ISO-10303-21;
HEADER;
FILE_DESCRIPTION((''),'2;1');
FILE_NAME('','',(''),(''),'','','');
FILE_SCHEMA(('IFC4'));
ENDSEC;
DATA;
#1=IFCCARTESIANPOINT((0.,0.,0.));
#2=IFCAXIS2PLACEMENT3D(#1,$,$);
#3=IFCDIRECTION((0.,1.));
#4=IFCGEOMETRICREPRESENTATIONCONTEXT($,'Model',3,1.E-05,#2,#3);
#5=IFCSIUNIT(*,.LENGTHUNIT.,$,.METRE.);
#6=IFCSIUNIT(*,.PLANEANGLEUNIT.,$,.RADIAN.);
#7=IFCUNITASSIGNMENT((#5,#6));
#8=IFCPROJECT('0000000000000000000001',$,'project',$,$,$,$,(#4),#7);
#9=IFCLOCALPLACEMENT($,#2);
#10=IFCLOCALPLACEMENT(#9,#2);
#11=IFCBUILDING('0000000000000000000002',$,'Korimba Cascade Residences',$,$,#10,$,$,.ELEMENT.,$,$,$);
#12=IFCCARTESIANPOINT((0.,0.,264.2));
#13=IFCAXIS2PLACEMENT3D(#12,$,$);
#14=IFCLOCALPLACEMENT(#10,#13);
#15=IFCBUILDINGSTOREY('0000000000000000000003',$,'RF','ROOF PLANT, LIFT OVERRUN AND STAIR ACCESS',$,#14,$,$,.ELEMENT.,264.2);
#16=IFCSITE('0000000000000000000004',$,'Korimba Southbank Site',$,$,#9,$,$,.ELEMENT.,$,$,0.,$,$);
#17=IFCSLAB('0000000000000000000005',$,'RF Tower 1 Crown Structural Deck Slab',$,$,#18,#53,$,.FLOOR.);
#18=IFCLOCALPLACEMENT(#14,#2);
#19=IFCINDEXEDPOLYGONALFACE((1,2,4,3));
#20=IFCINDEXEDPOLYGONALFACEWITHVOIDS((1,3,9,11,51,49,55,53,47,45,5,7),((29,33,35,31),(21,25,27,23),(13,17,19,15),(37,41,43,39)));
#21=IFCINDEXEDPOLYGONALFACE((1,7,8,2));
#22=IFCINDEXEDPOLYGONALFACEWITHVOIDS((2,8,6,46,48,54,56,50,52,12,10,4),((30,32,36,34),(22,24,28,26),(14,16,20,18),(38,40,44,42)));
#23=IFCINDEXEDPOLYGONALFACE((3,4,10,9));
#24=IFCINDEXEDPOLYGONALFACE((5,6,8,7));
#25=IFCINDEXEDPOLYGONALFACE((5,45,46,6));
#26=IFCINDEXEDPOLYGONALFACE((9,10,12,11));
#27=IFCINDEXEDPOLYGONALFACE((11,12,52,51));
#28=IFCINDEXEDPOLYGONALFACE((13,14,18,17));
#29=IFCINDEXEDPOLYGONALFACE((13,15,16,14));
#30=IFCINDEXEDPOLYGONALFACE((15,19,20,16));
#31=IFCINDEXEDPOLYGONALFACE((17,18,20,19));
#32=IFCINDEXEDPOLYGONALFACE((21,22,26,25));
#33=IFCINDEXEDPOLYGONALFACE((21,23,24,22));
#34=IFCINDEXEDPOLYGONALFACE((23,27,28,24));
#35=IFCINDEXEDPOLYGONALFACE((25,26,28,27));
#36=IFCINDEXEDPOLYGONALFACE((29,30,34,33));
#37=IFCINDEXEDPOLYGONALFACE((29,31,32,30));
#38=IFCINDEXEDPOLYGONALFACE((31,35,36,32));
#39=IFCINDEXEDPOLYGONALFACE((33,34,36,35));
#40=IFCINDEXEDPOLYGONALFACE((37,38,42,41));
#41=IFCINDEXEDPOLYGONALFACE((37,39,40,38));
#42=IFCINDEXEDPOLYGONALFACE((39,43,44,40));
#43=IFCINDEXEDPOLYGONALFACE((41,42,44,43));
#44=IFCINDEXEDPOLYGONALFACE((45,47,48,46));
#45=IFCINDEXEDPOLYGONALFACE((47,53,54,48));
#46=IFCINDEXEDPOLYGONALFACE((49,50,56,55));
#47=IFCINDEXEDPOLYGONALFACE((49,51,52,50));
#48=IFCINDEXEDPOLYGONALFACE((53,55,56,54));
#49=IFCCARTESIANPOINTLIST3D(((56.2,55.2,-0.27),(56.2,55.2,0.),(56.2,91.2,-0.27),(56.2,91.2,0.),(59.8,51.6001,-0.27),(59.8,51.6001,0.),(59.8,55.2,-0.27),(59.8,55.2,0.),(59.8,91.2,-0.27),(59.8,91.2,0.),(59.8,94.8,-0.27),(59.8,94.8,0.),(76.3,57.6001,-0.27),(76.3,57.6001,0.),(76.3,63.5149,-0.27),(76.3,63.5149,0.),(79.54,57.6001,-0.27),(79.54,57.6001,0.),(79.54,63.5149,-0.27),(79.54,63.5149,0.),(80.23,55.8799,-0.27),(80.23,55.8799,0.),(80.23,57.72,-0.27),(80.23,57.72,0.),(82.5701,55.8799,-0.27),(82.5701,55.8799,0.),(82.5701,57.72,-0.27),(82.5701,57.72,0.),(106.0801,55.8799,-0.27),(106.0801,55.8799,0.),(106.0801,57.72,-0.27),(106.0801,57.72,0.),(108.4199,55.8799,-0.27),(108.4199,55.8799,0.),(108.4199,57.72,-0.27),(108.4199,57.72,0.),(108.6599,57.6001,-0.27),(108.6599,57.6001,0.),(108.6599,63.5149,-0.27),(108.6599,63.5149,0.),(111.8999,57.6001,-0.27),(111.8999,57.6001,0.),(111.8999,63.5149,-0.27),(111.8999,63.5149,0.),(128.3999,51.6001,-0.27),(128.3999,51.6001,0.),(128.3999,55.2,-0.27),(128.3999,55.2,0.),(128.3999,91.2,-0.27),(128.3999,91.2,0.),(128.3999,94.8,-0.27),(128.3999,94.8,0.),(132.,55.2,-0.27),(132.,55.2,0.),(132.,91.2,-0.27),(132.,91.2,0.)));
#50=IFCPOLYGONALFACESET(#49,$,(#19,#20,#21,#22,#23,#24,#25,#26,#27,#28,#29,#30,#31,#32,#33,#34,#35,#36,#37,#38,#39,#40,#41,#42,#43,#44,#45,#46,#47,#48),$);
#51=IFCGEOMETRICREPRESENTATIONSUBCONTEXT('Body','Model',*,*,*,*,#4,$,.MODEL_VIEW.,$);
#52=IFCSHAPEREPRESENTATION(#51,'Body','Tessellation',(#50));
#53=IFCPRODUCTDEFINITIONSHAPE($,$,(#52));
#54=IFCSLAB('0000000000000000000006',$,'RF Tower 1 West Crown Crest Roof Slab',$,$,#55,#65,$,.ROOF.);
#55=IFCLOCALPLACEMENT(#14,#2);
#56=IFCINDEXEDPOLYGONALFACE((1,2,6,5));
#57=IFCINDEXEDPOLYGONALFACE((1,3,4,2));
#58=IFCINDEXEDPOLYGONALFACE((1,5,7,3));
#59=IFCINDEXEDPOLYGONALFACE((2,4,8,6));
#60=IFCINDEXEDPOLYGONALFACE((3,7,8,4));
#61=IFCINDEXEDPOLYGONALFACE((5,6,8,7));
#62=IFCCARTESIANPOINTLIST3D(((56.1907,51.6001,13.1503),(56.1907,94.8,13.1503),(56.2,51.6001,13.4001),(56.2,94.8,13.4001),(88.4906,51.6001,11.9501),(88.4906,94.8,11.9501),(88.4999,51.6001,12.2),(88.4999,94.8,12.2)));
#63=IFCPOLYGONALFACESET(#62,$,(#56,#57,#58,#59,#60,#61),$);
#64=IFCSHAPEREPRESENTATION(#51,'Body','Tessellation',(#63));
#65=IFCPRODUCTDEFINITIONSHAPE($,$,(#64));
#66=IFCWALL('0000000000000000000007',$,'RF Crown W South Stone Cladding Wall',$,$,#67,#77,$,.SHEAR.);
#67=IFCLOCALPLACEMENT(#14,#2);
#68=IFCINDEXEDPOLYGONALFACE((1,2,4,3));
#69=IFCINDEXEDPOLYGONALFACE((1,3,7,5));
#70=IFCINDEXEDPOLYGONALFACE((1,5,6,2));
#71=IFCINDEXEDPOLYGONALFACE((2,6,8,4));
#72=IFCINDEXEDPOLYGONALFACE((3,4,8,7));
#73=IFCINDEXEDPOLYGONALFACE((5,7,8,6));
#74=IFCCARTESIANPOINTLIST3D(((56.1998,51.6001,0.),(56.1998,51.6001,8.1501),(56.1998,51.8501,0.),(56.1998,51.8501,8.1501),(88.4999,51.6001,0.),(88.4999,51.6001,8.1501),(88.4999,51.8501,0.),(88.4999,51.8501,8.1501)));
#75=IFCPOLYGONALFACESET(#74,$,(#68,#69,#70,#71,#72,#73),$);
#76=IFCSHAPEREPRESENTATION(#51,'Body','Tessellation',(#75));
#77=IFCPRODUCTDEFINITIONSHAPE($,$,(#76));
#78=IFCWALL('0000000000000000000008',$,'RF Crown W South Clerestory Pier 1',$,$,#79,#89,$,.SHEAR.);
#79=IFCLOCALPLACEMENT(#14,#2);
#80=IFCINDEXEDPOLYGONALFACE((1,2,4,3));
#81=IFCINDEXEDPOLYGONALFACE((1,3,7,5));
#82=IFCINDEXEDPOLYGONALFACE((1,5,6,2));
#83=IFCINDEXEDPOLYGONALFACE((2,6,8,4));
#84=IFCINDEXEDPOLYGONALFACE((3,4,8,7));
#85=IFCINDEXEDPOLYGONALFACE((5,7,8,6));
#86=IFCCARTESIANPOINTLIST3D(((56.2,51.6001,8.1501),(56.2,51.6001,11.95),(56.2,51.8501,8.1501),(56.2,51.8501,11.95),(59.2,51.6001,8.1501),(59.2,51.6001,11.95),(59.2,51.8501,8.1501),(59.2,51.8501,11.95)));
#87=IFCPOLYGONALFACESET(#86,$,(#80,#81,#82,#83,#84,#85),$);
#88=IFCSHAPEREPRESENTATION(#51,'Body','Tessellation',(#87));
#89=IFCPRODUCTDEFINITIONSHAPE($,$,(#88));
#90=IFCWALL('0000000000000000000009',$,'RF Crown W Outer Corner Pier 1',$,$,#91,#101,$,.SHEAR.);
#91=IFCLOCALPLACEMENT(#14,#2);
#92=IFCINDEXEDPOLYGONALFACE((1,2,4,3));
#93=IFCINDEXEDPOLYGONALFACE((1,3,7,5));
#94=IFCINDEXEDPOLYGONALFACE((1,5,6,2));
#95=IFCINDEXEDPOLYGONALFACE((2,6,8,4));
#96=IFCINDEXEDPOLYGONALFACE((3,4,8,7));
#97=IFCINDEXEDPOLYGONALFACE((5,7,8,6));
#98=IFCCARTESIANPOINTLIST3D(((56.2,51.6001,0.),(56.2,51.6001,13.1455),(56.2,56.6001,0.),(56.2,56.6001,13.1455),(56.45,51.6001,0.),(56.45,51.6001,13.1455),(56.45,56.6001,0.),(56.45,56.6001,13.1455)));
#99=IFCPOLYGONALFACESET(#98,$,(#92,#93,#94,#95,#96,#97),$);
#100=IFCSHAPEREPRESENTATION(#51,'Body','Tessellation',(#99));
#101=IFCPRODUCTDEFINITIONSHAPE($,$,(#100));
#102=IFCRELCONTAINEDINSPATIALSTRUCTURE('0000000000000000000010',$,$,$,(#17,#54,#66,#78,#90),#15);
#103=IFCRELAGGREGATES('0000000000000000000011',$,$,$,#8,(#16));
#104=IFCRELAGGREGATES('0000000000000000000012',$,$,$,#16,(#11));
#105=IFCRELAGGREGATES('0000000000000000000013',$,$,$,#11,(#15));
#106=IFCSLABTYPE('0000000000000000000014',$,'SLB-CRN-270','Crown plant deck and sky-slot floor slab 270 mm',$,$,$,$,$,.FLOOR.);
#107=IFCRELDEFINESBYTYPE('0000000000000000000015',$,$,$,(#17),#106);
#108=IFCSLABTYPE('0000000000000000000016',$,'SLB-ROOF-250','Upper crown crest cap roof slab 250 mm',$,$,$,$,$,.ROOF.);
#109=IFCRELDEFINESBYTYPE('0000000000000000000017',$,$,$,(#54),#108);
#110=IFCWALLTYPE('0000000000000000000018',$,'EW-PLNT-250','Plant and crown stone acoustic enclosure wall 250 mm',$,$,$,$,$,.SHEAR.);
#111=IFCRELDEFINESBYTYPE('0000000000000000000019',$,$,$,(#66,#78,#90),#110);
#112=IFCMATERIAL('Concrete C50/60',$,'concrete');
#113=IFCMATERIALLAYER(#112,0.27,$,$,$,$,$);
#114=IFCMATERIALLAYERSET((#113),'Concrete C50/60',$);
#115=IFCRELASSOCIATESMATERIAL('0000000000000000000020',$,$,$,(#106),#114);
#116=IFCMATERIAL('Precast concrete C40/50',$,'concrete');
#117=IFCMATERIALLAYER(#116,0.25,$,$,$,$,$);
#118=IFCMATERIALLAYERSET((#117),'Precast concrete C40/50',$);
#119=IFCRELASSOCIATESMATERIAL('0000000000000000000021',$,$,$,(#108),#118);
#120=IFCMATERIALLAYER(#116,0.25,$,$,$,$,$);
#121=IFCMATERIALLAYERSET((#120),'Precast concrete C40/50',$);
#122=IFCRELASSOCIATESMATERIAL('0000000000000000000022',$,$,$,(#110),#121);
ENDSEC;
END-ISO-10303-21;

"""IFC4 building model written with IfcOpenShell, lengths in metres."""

from ifc_helpers import new_model, si_unit, direction, frame, frame_2d, origin, place, context, subcontext, project, spatial, polyline, rectangle, outline, extrude, material, layer, layer_set, type_object, element, save


model = new_model("IFC4")

# Units and contexts
model_context = context("Model", 3, precision=1e-05, world=origin(), true_north=direction((0.0, 1.0)))
body_context = subcontext(model_context, "Body", "Model", "MODEL_VIEW")
ifc_project = project(units=[si_unit("LENGTHUNIT", "METRE"), si_unit("PLANEANGLEUNIT", "RADIAN")], contexts=[model_context])

# Site, building, storey
site_placement = place(None, origin())
site = spatial("IfcSite", under=ifc_project, at=site_placement, Name="Korimba Southbank Site", CompositionType="ELEMENT", RefElevation=0.0)
building_placement = place(site_placement, origin())
building = spatial("IfcBuilding", under=site, at=building_placement, Name="Korimba Cascade Residences", CompositionType="ELEMENT")
storey_placement = place(building_placement, frame((0.0, 0.0, 264.2)))
storey = spatial("IfcBuildingStorey", under=building, at=storey_placement, Name="RF", Description="ROOF PLANT, LIFT OVERRUN AND STAIR ACCESS", CompositionType="ELEMENT", Elevation=264.2)

# Slabs
ifc_material_1 = material(Name="Concrete C50/60", Category="concrete")
ifc_layer_1 = layer(ifc_material_1, 0.27)
ifc_layer_set_1 = layer_set([ifc_layer_1], Name="Concrete C50/60")
slab_type_1 = type_object("IfcSlabType", Name="SLB-CRN-270", Description="Crown plant deck and sky-slot floor slab 270 mm", PredefinedType="FLOOR", material=ifc_layer_set_1)
slab_1_placement = place(storey_placement, frame((0.0, 0.0, -0.27)))
element("IfcSlab", 1, at=slab_1_placement, inside=storey, type_object=slab_type_1, Name="RF Tower 1 Crown Structural Deck Slab", PredefinedType="FLOOR", context=body_context, shape_type="SweptSolid", body=[
    extrude(outline(polyline([(59.8, 51.6001), (128.3999, 51.6001), (128.3999, 55.2), (132.0, 55.2), (132.0, 91.2), (128.3999, 91.2), (128.3999, 94.8), (59.8, 94.8), (59.8, 91.2), (56.2, 91.2), (56.2, 55.2), (59.8, 55.2), (59.8, 51.6001)]), holes=[polyline([(76.3, 63.5149), (76.3, 57.6001), (79.54, 57.6001), (79.54, 63.5149), (76.3, 63.5149)]), polyline([(108.6599, 63.5149), (108.6599, 57.6001), (111.8999, 57.6001), (111.8999, 63.5149), (108.6599, 63.5149)]), polyline([(80.23, 55.8799), (82.5701, 55.8799), (82.5701, 57.72), (80.23, 57.72), (80.23, 55.8799)]), polyline([(106.0801, 55.8799), (108.4199, 55.8799), (108.4199, 57.72), (106.0801, 57.72), (106.0801, 55.8799)])]), origin(), (0.0, 0.0, 1.0), 0.27),
])
ifc_material_2 = material(Name="Precast concrete C40/50", Category="concrete")
ifc_layer_2 = layer(ifc_material_2, 0.25)
ifc_layer_set_2 = layer_set([ifc_layer_2], Name="Precast concrete C40/50")
slab_type_2 = type_object("IfcSlabType", Name="SLB-ROOF-250", Description="Upper crown crest cap roof slab 250 mm", PredefinedType="ROOF", material=ifc_layer_set_2)
slab_2_placement = place(storey_placement, frame((56.2, 51.6001, 13.4001), z_axis=(0.037132, 0.0, 0.99931), x_axis=(0.99931, 0.0, -0.037132)))
element("IfcSlab", 2, at=slab_2_placement, inside=storey, type_object=slab_type_2, Name="RF Tower 1 West Crown Crest Roof Slab", PredefinedType="ROOF", context=body_context, shape_type="SweptSolid", body=[
    extrude(outline(polyline([(0.0, 0.0), (32.3223, 0.0), (32.3223, 43.2), (0.0, 43.2), (0.0, 0.0)])), origin(), (0.0, 0.0, -1.0), 0.25),
])

# Walls
ifc_layer_3 = layer(ifc_material_2, 0.25)
ifc_layer_set_3 = layer_set([ifc_layer_3], Name="Precast concrete C40/50")
wall_type = type_object("IfcWallType", Name="EW-PLNT-250", Description="Plant and crown stone acoustic enclosure wall 250 mm", PredefinedType="SHEAR", material=ifc_layer_set_3)
wall_1_placement = place(storey_placement, frame((56.2, 51.7251, 0.0), z_axis=(0.0, 0.0, 1.0), x_axis=(1.0, 0.0, 0.0)))
element("IfcWall", 3, at=wall_1_placement, inside=storey, type_object=wall_type, Name="RF Crown W South Stone Cladding Wall", PredefinedType="SHEAR", context=body_context, shape_type="SweptSolid", body=[
    extrude(rectangle(XDim=32.3, YDim=0.25, at=frame_2d((16.1499, 0.0))), origin(), (0.0, 0.0, 1.0), 8.1501),
])
wall_2_placement = place(storey_placement, frame((56.2, 51.7251, 8.1501), z_axis=(0.0, 0.0, 1.0), x_axis=(1.0, 0.0, 0.0)))
element("IfcWall", 4, at=wall_2_placement, inside=storey, type_object=wall_type, Name="RF Crown W South Clerestory Pier 1", PredefinedType="SHEAR", context=body_context, shape_type="SweptSolid", body=[
    extrude(rectangle(XDim=3.0, YDim=0.25, at=frame_2d((1.5, 0.0))), origin(), (0.0, 0.0, 1.0), 3.7998),
])
wall_3_placement = place(storey_placement, frame((56.325, 51.6001, 0.0), z_axis=(0.0, 0.0, 1.0), x_axis=(0.0, 1.0, 0.0)))
element("IfcWall", 5, at=wall_3_placement, inside=storey, type_object=wall_type, Name="RF Crown W Outer Corner Pier 1", PredefinedType="SHEAR", context=body_context, shape_type="SweptSolid", body=[
    extrude(rectangle(XDim=5.0, YDim=0.25, at=frame_2d((2.5, 0.0))), origin(), (0.0, 0.0, 1.0), 13.1455),
])

save(model, "model.ifc")
